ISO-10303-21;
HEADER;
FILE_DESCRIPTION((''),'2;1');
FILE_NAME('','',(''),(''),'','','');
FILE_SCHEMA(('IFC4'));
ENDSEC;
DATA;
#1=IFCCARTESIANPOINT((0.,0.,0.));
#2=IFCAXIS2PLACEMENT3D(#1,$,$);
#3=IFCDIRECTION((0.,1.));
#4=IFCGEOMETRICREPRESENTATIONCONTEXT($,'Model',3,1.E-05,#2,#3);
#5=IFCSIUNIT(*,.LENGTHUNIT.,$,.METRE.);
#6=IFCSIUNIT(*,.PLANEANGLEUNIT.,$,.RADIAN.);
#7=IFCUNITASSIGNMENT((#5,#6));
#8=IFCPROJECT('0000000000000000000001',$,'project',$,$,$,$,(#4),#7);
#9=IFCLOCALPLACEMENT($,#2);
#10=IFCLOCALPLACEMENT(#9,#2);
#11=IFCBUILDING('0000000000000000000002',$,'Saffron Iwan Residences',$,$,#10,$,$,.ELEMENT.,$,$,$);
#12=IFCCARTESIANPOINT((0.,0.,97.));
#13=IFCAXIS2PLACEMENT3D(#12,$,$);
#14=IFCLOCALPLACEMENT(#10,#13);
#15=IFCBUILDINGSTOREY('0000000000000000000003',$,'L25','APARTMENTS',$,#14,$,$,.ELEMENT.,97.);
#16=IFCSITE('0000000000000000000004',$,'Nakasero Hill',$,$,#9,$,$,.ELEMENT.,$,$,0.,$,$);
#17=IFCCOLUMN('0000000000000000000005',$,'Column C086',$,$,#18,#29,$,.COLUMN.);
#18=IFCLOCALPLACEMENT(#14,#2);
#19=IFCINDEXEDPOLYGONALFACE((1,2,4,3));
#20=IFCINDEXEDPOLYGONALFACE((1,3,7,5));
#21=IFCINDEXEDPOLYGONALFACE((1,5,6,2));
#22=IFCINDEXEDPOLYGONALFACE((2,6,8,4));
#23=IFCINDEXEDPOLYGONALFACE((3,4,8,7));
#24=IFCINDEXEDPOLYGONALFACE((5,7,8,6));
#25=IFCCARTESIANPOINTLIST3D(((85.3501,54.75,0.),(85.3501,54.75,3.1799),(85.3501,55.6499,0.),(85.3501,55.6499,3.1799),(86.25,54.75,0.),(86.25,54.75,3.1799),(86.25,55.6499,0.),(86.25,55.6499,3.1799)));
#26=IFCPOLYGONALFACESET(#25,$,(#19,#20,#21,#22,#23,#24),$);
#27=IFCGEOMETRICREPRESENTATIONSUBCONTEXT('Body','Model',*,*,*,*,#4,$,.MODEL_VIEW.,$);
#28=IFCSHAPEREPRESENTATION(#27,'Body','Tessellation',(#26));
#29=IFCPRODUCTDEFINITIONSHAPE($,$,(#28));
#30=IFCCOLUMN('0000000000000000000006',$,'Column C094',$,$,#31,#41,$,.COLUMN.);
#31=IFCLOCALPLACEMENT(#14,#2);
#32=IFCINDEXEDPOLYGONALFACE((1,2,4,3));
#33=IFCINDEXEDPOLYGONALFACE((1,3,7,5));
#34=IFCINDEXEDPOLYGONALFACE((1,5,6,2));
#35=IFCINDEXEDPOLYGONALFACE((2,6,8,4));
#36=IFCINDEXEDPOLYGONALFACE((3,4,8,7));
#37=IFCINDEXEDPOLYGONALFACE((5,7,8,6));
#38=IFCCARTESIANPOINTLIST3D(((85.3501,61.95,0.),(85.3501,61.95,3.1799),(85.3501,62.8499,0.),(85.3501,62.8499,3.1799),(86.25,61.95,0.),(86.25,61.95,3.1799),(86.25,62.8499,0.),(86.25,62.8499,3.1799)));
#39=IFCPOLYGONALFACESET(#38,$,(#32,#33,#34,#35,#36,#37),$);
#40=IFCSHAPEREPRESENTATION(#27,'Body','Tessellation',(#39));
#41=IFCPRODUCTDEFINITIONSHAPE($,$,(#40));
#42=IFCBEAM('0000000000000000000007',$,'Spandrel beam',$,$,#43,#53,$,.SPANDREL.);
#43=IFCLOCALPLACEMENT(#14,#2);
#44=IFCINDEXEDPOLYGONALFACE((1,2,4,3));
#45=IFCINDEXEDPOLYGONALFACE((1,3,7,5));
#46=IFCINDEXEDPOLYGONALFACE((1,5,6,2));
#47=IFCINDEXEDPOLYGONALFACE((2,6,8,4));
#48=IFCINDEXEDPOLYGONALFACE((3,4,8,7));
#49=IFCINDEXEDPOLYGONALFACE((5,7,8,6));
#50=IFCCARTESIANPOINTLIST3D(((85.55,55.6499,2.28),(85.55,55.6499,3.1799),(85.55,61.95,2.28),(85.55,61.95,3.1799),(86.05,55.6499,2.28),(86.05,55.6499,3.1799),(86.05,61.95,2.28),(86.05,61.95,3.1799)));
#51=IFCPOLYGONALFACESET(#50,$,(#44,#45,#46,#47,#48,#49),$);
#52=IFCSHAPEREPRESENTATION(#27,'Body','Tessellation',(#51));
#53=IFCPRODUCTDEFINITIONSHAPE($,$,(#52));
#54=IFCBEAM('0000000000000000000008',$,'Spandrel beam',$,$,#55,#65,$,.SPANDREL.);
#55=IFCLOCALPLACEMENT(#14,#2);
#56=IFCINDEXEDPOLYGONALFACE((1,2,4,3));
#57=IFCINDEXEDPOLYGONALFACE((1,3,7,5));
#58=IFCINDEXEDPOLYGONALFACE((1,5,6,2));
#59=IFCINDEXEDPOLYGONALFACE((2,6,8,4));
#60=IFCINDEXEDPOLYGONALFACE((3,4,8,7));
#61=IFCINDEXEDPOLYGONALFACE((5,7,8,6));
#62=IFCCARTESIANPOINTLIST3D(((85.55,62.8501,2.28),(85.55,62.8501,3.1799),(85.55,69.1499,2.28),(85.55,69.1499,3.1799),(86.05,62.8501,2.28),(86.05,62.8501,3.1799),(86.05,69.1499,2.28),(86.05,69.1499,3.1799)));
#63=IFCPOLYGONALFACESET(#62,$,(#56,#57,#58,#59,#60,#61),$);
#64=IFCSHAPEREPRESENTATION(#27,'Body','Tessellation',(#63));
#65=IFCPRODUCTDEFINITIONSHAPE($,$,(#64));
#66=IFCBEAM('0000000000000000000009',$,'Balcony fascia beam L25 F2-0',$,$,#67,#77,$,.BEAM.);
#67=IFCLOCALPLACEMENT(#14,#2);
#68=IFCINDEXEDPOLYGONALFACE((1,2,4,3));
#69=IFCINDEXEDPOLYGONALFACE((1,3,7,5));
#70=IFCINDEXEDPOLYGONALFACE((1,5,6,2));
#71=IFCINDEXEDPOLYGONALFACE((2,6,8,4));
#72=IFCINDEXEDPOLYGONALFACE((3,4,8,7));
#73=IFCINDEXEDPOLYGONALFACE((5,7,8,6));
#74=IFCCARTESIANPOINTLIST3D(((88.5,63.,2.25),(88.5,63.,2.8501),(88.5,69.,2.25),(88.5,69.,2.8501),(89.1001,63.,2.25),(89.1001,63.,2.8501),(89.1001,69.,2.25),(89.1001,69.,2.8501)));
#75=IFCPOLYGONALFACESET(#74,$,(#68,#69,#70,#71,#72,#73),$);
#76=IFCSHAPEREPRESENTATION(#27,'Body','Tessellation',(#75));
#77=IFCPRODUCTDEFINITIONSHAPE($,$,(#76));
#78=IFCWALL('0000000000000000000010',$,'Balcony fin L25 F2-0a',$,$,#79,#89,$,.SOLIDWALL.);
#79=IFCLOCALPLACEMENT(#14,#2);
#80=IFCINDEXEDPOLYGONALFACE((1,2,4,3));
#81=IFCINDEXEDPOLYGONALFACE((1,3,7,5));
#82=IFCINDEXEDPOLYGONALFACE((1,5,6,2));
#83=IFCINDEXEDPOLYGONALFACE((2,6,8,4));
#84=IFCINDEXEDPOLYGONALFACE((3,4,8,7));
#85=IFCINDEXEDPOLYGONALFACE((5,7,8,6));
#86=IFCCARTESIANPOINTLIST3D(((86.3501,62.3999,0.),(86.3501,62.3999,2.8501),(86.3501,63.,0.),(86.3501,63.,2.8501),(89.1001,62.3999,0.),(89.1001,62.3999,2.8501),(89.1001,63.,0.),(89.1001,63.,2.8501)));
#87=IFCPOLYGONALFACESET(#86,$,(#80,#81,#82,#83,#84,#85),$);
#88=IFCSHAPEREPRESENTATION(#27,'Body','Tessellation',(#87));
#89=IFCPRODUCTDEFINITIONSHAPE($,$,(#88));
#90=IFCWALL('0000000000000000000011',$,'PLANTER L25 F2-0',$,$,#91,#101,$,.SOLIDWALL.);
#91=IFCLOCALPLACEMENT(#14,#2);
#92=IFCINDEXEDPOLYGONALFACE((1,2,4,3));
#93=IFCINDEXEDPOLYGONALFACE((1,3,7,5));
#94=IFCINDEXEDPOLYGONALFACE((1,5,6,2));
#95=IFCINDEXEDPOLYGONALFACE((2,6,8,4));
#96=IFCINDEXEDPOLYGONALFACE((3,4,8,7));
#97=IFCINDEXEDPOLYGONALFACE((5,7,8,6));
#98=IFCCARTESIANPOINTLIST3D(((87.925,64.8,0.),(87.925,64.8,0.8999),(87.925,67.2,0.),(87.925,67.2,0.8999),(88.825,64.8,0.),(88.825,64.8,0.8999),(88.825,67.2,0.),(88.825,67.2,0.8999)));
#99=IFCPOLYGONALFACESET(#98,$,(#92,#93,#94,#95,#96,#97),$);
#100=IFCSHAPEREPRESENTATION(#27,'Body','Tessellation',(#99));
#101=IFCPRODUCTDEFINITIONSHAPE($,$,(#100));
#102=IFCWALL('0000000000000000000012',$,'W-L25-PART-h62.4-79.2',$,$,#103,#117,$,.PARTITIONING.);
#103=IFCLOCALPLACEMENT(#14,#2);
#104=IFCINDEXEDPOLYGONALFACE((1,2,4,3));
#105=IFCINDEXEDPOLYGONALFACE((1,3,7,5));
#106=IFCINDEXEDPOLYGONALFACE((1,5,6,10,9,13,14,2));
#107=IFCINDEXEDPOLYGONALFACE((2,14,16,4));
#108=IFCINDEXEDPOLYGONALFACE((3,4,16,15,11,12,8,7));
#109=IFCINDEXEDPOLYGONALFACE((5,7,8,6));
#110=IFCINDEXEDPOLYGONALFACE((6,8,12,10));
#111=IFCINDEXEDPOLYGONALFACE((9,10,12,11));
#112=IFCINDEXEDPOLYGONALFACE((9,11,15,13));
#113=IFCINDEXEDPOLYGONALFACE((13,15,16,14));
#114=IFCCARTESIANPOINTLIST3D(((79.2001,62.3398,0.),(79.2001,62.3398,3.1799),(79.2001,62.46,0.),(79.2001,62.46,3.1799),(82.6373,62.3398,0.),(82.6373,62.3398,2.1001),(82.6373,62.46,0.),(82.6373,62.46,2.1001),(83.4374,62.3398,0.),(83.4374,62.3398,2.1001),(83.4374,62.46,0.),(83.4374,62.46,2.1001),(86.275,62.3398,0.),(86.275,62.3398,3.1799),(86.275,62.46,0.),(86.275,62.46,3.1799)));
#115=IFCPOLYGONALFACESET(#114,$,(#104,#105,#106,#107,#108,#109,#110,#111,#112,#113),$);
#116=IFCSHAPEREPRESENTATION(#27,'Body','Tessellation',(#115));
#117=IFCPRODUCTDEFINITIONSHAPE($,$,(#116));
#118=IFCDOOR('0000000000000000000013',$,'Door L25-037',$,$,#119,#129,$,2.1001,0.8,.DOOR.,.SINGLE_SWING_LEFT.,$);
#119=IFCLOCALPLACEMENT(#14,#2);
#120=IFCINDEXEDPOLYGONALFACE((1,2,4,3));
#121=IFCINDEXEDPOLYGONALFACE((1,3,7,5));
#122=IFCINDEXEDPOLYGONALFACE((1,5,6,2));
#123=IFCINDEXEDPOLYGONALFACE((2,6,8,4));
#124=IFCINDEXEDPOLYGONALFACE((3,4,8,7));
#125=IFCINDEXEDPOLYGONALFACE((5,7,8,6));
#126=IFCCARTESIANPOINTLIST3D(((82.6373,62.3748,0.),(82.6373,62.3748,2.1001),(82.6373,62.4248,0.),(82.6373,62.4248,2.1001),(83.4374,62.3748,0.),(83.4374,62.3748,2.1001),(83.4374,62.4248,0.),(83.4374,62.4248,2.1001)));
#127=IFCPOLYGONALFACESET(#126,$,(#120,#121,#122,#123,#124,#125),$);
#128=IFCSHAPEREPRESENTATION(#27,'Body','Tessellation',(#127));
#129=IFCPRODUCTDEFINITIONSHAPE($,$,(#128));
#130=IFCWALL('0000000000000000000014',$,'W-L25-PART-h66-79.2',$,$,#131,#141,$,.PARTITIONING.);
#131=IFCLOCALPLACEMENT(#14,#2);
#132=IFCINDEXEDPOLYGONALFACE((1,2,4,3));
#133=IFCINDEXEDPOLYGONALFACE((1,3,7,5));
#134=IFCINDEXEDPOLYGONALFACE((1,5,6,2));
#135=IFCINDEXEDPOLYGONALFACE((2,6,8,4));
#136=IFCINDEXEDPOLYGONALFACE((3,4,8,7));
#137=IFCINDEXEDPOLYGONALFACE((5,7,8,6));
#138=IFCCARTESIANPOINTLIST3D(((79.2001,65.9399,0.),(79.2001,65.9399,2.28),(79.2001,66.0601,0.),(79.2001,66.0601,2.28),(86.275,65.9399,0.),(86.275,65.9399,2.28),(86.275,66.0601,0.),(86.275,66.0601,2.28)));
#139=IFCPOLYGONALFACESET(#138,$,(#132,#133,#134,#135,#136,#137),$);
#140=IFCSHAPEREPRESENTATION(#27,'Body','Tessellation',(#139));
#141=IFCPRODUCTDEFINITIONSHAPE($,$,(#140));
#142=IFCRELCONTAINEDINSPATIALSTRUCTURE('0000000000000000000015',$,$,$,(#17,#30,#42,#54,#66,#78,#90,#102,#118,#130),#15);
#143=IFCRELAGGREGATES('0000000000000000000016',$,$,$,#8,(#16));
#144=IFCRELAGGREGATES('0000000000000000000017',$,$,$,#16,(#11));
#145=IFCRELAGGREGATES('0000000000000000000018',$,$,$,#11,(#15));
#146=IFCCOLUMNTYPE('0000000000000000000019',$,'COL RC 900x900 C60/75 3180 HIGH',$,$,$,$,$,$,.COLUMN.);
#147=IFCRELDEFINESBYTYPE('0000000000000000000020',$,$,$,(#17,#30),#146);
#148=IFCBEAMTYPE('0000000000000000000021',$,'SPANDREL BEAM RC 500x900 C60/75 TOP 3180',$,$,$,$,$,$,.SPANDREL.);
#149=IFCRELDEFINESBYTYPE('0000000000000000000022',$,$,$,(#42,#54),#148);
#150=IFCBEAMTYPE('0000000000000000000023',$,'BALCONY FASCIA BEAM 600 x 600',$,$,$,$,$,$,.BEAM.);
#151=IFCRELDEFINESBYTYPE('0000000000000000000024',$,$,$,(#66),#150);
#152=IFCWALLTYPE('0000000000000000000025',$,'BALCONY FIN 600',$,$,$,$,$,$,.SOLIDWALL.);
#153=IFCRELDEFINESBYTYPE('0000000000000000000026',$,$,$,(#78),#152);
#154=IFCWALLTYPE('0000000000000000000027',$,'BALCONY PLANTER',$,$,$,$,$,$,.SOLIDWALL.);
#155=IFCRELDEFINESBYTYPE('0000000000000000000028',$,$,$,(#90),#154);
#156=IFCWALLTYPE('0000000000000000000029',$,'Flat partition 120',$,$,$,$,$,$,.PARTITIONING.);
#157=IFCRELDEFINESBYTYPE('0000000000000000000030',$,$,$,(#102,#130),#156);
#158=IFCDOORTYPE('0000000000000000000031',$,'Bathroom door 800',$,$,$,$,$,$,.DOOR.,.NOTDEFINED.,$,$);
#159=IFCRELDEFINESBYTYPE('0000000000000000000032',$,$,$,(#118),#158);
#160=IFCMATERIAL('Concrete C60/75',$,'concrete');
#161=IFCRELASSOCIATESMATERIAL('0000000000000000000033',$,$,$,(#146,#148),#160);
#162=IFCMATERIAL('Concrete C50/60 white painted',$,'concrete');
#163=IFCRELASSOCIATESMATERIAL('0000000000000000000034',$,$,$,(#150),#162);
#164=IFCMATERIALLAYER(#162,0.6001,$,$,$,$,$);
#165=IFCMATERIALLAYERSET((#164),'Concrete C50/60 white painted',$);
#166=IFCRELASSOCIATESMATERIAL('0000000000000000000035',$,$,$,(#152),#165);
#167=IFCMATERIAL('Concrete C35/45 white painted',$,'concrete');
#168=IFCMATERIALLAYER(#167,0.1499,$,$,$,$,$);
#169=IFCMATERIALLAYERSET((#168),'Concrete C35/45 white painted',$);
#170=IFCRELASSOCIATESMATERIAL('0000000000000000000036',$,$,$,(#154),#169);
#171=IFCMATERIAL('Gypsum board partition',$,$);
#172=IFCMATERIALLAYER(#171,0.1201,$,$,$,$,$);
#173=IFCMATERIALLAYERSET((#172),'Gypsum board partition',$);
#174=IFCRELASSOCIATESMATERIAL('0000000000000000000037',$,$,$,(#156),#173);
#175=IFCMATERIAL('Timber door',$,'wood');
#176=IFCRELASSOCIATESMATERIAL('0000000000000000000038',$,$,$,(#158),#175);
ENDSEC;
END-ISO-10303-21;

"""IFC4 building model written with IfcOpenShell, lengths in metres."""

from ifc_helpers import new_model, si_unit, direction, frame, frame_2d, origin, origin_2d, place, context, subcontext, project, spatial, rectangle, extrude, source, transform, mapped, material, layer, layer_set, material_profile, profile_set, type_object, element, fill, save


model = new_model("IFC4")

# Units and contexts
model_context = context("Model", 3, precision=1e-05, world=origin(), true_north=direction((0.0, 1.0)))
body_context = subcontext(model_context, "Body", "Model", "MODEL_VIEW")
ifc_project = project(units=[si_unit("LENGTHUNIT", "METRE"), si_unit("PLANEANGLEUNIT", "RADIAN")], contexts=[model_context])

# Site, building, storey
site_placement = place(None, origin())
site = spatial("IfcSite", under=ifc_project, at=site_placement, Name="Nakasero Hill", CompositionType="ELEMENT", RefElevation=0.0)
building_placement = place(site_placement, origin())
building = spatial("IfcBuilding", under=site, at=building_placement, Name="Saffron Iwan Residences", CompositionType="ELEMENT")
storey_placement = place(building_placement, frame((0.0, 0.0, 97.0)))
storey = spatial("IfcBuildingStorey", under=building, at=storey_placement, Name="L25", Description="APARTMENTS", CompositionType="ELEMENT", Elevation=97.0)

# Columns
ifc_material_1 = material(Name="Concrete C60/75", Category="concrete")
ifc_material_profile_1 = material_profile(ifc_material_1, rectangle(XDim=0.8999, YDim=0.8999, at=origin_2d()), Name="RC 900x900")
ifc_profile_set_1 = profile_set([ifc_material_profile_1], Name="Concrete C60/75")
column_type = type_object("IfcColumnType", Name="COL RC 900x900 C60/75 3180 HIGH", PredefinedType="COLUMN", material=ifc_profile_set_1)
shared_shape_1 = source(origin(), body_context, "Body", "SweptSolid", [
    extrude(rectangle(XDim=0.8999, YDim=0.8999, at=origin_2d()), origin(), (0.0, 0.0, 1.0), 3.1799),
])
for number, where, z_axis, x_axis, name in (
    (1, (85.8, 55.2, 0.0), (0.0, 0.0, 1.0), (1.0, 0.0, 0.0), "Column C086"),
    (2, (85.8, 62.3999, 0.0), (0.0, 0.0, 1.0), (1.0, 0.0, 0.0), "Column C094"),
):
    element("IfcColumn", number, at=place(storey_placement, frame(where, z_axis=z_axis, x_axis=x_axis)), inside=storey, type_object=column_type, Name=name, PredefinedType="COLUMN", context=body_context, shape_type="MappedRepresentation", body=[
        mapped(shared_shape_1, transform((0.0, 0.0, 0.0))),
    ])

# Beams
ifc_material_profile_2 = material_profile(ifc_material_1, rectangle(XDim=0.5, YDim=0.8999, at=origin_2d()), Name="RC 500x900")
ifc_profile_set_2 = profile_set([ifc_material_profile_2], Name="Concrete C60/75")
beam_type_1 = type_object("IfcBeamType", Name="SPANDREL BEAM RC 500x900 C60/75 TOP 3180", PredefinedType="SPANDREL", material=ifc_profile_set_2)
shared_shape_2 = source(origin(), body_context, "Body", "SweptSolid", [
    extrude(rectangle(XDim=0.5, YDim=0.8999, at=origin_2d()), origin(), (0.0, 0.0, 1.0), 6.3),
])
beam_1_placement = place(storey_placement, frame((85.8, 61.95, 2.73), z_axis=(0.0, -1.0, 0.0), x_axis=(1.0, 0.0, 0.0)))
element("IfcBeam", 3, at=beam_1_placement, inside=storey, type_object=beam_type_1, Name="Spandrel beam", PredefinedType="SPANDREL", context=body_context, shape_type="MappedRepresentation", body=[
    mapped(shared_shape_2, transform((0.0, 0.0, 0.0))),
])
shared_shape_3 = source(origin(), body_context, "Body", "SweptSolid", [
    extrude(rectangle(XDim=0.5, YDim=0.8999, at=origin_2d()), origin(), (0.0, 0.0, 1.0), 6.2998),
])
beam_2_placement = place(storey_placement, frame((85.8, 69.1499, 2.73), z_axis=(0.0, -1.0, 0.0), x_axis=(1.0, 0.0, 0.0)))
element("IfcBeam", 4, at=beam_2_placement, inside=storey, type_object=beam_type_1, Name="Spandrel beam", PredefinedType="SPANDREL", context=body_context, shape_type="MappedRepresentation", body=[
    mapped(shared_shape_3, transform((0.0, 0.0, 0.0))),
])
ifc_material_2 = material(Name="Concrete C50/60 white painted", Category="concrete")
ifc_material_profile_3 = material_profile(ifc_material_2, rectangle(XDim=0.6001, YDim=0.6001, at=origin_2d()), Name="BALCONY FASCIA BEAM 600 x 600")
ifc_profile_set_3 = profile_set([ifc_material_profile_3], Name="Concrete C50/60 white painted")
beam_type_2 = type_object("IfcBeamType", Name="BALCONY FASCIA BEAM 600 x 600", PredefinedType="BEAM", material=ifc_profile_set_3)
shared_shape_4 = source(origin(), body_context, "Body", "SweptSolid", [
    extrude(rectangle(XDim=0.6001, YDim=0.6001, at=origin_2d()), origin(), (0.0, 0.0, 1.0), 6.0),
])
beam_3_placement = place(storey_placement, frame((88.8, 63.0, 2.55), z_axis=(0.0, 1.0, 0.0), x_axis=(-1.0, 0.0, 0.0)))
element("IfcBeam", 5, at=beam_3_placement, inside=storey, type_object=beam_type_2, Name="Balcony fascia beam L25 F2-0", PredefinedType="BEAM", context=body_context, shape_type="MappedRepresentation", body=[
    mapped(shared_shape_4, transform((0.0, 0.0, 0.0))),
])

# Walls
ifc_layer_1 = layer(ifc_material_2, 0.6001)
ifc_layer_set_1 = layer_set([ifc_layer_1], Name="Concrete C50/60 white painted")
wall_type_1 = type_object("IfcWallType", Name="BALCONY FIN 600", PredefinedType="SOLIDWALL", material=ifc_layer_set_1)
wall_1_placement = place(storey_placement, frame((86.3501, 62.7, 0.0), z_axis=(0.0, 0.0, 1.0), x_axis=(1.0, 0.0, 0.0)))
element("IfcWall", 6, at=wall_1_placement, inside=storey, type_object=wall_type_1, Name="Balcony fin L25 F2-0a", PredefinedType="SOLIDWALL", context=body_context, shape_type="SweptSolid", body=[
    extrude(rectangle(XDim=2.75, YDim=0.6001, at=frame_2d((1.375, 0.0))), origin(), (0.0, 0.0, 1.0), 2.8501),
])
ifc_material_3 = material(Name="Concrete C35/45 white painted", Category="concrete")
ifc_layer_2 = layer(ifc_material_3, 0.1499)
ifc_layer_set_2 = layer_set([ifc_layer_2], Name="Concrete C35/45 white painted")
wall_type_2 = type_object("IfcWallType", Name="BALCONY PLANTER", PredefinedType="SOLIDWALL", material=ifc_layer_set_2)
wall_2_placement = place(storey_placement, frame((88.375, 64.8, 0.0), z_axis=(0.0, 0.0, 1.0), x_axis=(0.0, 1.0, 0.0)))
element("IfcWall", 7, at=wall_2_placement, inside=storey, type_object=wall_type_2, Name="PLANTER L25 F2-0", PredefinedType="SOLIDWALL", context=body_context, shape_type="SweptSolid", body=[
    extrude(rectangle(XDim=2.3999, YDim=0.8999, at=frame_2d((1.2, 0.0))), origin(), (0.0, 0.0, 1.0), 0.8999),
])

# Wall, opening, door
ifc_material_4 = material(Name="Gypsum board partition")
ifc_layer_3 = layer(ifc_material_4, 0.1201)
ifc_layer_set_3 = layer_set([ifc_layer_3], Name="Gypsum board partition")
wall_type_3 = type_object("IfcWallType", Name="Flat partition 120", PredefinedType="PARTITIONING", material=ifc_layer_set_3)
wall_3_placement = place(storey_placement, frame((79.2, 62.3999, 0.0), z_axis=(0.0, 0.0, 1.0), x_axis=(1.0, 0.0, 0.0)))
wall_3 = element("IfcWall", 8, at=wall_3_placement, inside=storey, type_object=wall_type_3, Name="W-L25-PART-h62.4-79.2", PredefinedType="PARTITIONING", context=body_context, shape_type="SweptSolid", body=[
    extrude(rectangle(XDim=7.075, YDim=0.1201, at=frame_2d((3.5376, 0.0))), origin(), (0.0, 0.0, 1.0), 3.1799),
])
opening_1_placement = place(wall_3_placement, frame((3.4375, 0.0, 0.0)))
opening_1 = element("IfcOpeningElement", 9, at=opening_1_placement, cuts=wall_3, PredefinedType="OPENING", context=body_context, shape_type="SweptSolid", body=[
    extrude(rectangle(XDim=0.8, YDim=2.1001, at=frame_2d((0.3999, 1.05))), frame((0.0, 0.0701, 0.0), z_axis=(0.0, -1.0, 0.0), x_axis=(1.0, 0.0, 0.0)), (0.0, 0.0, 1.0), 0.1401),
])
ifc_material_5 = material(Name="Timber door", Category="wood")
door_type_1 = type_object("IfcDoorType", Name="Bathroom door 800", OperationType="NOTDEFINED", PredefinedType="DOOR", material=ifc_material_5)
door_1_placement = place(opening_1_placement, origin())
door_1 = element("IfcDoor", 10, at=door_1_placement, inside=storey, type_object=door_type_1, Name="Door L25-037", OperationType="SINGLE_SWING_LEFT", OverallHeight=2.1001, OverallWidth=0.8, PredefinedType="DOOR", context=body_context, shape_type="SweptSolid", body=[
    extrude(rectangle(XDim=0.8, YDim=2.1001, at=frame_2d((0.3999, 1.05))), frame((0.0, 0.0249, 0.0), z_axis=(0.0, -1.0, 0.0), x_axis=(1.0, 0.0, 0.0)), (0.0, 0.0, 1.0), 0.05),
])
fill(opening_1, door_1)

# Wall
wall_4_placement = place(storey_placement, frame((79.2, 66.0, 0.0), z_axis=(0.0, 0.0, 1.0), x_axis=(1.0, 0.0, 0.0)))
element("IfcWall", 11, at=wall_4_placement, inside=storey, type_object=wall_type_3, Name="W-L25-PART-h66-79.2", PredefinedType="PARTITIONING", context=body_context, shape_type="SweptSolid", body=[
    extrude(rectangle(XDim=7.075, YDim=0.1201, at=frame_2d((3.5376, 0.0))), origin(), (0.0, 0.0, 1.0), 2.28),
])

save(model, "model.ifc")
